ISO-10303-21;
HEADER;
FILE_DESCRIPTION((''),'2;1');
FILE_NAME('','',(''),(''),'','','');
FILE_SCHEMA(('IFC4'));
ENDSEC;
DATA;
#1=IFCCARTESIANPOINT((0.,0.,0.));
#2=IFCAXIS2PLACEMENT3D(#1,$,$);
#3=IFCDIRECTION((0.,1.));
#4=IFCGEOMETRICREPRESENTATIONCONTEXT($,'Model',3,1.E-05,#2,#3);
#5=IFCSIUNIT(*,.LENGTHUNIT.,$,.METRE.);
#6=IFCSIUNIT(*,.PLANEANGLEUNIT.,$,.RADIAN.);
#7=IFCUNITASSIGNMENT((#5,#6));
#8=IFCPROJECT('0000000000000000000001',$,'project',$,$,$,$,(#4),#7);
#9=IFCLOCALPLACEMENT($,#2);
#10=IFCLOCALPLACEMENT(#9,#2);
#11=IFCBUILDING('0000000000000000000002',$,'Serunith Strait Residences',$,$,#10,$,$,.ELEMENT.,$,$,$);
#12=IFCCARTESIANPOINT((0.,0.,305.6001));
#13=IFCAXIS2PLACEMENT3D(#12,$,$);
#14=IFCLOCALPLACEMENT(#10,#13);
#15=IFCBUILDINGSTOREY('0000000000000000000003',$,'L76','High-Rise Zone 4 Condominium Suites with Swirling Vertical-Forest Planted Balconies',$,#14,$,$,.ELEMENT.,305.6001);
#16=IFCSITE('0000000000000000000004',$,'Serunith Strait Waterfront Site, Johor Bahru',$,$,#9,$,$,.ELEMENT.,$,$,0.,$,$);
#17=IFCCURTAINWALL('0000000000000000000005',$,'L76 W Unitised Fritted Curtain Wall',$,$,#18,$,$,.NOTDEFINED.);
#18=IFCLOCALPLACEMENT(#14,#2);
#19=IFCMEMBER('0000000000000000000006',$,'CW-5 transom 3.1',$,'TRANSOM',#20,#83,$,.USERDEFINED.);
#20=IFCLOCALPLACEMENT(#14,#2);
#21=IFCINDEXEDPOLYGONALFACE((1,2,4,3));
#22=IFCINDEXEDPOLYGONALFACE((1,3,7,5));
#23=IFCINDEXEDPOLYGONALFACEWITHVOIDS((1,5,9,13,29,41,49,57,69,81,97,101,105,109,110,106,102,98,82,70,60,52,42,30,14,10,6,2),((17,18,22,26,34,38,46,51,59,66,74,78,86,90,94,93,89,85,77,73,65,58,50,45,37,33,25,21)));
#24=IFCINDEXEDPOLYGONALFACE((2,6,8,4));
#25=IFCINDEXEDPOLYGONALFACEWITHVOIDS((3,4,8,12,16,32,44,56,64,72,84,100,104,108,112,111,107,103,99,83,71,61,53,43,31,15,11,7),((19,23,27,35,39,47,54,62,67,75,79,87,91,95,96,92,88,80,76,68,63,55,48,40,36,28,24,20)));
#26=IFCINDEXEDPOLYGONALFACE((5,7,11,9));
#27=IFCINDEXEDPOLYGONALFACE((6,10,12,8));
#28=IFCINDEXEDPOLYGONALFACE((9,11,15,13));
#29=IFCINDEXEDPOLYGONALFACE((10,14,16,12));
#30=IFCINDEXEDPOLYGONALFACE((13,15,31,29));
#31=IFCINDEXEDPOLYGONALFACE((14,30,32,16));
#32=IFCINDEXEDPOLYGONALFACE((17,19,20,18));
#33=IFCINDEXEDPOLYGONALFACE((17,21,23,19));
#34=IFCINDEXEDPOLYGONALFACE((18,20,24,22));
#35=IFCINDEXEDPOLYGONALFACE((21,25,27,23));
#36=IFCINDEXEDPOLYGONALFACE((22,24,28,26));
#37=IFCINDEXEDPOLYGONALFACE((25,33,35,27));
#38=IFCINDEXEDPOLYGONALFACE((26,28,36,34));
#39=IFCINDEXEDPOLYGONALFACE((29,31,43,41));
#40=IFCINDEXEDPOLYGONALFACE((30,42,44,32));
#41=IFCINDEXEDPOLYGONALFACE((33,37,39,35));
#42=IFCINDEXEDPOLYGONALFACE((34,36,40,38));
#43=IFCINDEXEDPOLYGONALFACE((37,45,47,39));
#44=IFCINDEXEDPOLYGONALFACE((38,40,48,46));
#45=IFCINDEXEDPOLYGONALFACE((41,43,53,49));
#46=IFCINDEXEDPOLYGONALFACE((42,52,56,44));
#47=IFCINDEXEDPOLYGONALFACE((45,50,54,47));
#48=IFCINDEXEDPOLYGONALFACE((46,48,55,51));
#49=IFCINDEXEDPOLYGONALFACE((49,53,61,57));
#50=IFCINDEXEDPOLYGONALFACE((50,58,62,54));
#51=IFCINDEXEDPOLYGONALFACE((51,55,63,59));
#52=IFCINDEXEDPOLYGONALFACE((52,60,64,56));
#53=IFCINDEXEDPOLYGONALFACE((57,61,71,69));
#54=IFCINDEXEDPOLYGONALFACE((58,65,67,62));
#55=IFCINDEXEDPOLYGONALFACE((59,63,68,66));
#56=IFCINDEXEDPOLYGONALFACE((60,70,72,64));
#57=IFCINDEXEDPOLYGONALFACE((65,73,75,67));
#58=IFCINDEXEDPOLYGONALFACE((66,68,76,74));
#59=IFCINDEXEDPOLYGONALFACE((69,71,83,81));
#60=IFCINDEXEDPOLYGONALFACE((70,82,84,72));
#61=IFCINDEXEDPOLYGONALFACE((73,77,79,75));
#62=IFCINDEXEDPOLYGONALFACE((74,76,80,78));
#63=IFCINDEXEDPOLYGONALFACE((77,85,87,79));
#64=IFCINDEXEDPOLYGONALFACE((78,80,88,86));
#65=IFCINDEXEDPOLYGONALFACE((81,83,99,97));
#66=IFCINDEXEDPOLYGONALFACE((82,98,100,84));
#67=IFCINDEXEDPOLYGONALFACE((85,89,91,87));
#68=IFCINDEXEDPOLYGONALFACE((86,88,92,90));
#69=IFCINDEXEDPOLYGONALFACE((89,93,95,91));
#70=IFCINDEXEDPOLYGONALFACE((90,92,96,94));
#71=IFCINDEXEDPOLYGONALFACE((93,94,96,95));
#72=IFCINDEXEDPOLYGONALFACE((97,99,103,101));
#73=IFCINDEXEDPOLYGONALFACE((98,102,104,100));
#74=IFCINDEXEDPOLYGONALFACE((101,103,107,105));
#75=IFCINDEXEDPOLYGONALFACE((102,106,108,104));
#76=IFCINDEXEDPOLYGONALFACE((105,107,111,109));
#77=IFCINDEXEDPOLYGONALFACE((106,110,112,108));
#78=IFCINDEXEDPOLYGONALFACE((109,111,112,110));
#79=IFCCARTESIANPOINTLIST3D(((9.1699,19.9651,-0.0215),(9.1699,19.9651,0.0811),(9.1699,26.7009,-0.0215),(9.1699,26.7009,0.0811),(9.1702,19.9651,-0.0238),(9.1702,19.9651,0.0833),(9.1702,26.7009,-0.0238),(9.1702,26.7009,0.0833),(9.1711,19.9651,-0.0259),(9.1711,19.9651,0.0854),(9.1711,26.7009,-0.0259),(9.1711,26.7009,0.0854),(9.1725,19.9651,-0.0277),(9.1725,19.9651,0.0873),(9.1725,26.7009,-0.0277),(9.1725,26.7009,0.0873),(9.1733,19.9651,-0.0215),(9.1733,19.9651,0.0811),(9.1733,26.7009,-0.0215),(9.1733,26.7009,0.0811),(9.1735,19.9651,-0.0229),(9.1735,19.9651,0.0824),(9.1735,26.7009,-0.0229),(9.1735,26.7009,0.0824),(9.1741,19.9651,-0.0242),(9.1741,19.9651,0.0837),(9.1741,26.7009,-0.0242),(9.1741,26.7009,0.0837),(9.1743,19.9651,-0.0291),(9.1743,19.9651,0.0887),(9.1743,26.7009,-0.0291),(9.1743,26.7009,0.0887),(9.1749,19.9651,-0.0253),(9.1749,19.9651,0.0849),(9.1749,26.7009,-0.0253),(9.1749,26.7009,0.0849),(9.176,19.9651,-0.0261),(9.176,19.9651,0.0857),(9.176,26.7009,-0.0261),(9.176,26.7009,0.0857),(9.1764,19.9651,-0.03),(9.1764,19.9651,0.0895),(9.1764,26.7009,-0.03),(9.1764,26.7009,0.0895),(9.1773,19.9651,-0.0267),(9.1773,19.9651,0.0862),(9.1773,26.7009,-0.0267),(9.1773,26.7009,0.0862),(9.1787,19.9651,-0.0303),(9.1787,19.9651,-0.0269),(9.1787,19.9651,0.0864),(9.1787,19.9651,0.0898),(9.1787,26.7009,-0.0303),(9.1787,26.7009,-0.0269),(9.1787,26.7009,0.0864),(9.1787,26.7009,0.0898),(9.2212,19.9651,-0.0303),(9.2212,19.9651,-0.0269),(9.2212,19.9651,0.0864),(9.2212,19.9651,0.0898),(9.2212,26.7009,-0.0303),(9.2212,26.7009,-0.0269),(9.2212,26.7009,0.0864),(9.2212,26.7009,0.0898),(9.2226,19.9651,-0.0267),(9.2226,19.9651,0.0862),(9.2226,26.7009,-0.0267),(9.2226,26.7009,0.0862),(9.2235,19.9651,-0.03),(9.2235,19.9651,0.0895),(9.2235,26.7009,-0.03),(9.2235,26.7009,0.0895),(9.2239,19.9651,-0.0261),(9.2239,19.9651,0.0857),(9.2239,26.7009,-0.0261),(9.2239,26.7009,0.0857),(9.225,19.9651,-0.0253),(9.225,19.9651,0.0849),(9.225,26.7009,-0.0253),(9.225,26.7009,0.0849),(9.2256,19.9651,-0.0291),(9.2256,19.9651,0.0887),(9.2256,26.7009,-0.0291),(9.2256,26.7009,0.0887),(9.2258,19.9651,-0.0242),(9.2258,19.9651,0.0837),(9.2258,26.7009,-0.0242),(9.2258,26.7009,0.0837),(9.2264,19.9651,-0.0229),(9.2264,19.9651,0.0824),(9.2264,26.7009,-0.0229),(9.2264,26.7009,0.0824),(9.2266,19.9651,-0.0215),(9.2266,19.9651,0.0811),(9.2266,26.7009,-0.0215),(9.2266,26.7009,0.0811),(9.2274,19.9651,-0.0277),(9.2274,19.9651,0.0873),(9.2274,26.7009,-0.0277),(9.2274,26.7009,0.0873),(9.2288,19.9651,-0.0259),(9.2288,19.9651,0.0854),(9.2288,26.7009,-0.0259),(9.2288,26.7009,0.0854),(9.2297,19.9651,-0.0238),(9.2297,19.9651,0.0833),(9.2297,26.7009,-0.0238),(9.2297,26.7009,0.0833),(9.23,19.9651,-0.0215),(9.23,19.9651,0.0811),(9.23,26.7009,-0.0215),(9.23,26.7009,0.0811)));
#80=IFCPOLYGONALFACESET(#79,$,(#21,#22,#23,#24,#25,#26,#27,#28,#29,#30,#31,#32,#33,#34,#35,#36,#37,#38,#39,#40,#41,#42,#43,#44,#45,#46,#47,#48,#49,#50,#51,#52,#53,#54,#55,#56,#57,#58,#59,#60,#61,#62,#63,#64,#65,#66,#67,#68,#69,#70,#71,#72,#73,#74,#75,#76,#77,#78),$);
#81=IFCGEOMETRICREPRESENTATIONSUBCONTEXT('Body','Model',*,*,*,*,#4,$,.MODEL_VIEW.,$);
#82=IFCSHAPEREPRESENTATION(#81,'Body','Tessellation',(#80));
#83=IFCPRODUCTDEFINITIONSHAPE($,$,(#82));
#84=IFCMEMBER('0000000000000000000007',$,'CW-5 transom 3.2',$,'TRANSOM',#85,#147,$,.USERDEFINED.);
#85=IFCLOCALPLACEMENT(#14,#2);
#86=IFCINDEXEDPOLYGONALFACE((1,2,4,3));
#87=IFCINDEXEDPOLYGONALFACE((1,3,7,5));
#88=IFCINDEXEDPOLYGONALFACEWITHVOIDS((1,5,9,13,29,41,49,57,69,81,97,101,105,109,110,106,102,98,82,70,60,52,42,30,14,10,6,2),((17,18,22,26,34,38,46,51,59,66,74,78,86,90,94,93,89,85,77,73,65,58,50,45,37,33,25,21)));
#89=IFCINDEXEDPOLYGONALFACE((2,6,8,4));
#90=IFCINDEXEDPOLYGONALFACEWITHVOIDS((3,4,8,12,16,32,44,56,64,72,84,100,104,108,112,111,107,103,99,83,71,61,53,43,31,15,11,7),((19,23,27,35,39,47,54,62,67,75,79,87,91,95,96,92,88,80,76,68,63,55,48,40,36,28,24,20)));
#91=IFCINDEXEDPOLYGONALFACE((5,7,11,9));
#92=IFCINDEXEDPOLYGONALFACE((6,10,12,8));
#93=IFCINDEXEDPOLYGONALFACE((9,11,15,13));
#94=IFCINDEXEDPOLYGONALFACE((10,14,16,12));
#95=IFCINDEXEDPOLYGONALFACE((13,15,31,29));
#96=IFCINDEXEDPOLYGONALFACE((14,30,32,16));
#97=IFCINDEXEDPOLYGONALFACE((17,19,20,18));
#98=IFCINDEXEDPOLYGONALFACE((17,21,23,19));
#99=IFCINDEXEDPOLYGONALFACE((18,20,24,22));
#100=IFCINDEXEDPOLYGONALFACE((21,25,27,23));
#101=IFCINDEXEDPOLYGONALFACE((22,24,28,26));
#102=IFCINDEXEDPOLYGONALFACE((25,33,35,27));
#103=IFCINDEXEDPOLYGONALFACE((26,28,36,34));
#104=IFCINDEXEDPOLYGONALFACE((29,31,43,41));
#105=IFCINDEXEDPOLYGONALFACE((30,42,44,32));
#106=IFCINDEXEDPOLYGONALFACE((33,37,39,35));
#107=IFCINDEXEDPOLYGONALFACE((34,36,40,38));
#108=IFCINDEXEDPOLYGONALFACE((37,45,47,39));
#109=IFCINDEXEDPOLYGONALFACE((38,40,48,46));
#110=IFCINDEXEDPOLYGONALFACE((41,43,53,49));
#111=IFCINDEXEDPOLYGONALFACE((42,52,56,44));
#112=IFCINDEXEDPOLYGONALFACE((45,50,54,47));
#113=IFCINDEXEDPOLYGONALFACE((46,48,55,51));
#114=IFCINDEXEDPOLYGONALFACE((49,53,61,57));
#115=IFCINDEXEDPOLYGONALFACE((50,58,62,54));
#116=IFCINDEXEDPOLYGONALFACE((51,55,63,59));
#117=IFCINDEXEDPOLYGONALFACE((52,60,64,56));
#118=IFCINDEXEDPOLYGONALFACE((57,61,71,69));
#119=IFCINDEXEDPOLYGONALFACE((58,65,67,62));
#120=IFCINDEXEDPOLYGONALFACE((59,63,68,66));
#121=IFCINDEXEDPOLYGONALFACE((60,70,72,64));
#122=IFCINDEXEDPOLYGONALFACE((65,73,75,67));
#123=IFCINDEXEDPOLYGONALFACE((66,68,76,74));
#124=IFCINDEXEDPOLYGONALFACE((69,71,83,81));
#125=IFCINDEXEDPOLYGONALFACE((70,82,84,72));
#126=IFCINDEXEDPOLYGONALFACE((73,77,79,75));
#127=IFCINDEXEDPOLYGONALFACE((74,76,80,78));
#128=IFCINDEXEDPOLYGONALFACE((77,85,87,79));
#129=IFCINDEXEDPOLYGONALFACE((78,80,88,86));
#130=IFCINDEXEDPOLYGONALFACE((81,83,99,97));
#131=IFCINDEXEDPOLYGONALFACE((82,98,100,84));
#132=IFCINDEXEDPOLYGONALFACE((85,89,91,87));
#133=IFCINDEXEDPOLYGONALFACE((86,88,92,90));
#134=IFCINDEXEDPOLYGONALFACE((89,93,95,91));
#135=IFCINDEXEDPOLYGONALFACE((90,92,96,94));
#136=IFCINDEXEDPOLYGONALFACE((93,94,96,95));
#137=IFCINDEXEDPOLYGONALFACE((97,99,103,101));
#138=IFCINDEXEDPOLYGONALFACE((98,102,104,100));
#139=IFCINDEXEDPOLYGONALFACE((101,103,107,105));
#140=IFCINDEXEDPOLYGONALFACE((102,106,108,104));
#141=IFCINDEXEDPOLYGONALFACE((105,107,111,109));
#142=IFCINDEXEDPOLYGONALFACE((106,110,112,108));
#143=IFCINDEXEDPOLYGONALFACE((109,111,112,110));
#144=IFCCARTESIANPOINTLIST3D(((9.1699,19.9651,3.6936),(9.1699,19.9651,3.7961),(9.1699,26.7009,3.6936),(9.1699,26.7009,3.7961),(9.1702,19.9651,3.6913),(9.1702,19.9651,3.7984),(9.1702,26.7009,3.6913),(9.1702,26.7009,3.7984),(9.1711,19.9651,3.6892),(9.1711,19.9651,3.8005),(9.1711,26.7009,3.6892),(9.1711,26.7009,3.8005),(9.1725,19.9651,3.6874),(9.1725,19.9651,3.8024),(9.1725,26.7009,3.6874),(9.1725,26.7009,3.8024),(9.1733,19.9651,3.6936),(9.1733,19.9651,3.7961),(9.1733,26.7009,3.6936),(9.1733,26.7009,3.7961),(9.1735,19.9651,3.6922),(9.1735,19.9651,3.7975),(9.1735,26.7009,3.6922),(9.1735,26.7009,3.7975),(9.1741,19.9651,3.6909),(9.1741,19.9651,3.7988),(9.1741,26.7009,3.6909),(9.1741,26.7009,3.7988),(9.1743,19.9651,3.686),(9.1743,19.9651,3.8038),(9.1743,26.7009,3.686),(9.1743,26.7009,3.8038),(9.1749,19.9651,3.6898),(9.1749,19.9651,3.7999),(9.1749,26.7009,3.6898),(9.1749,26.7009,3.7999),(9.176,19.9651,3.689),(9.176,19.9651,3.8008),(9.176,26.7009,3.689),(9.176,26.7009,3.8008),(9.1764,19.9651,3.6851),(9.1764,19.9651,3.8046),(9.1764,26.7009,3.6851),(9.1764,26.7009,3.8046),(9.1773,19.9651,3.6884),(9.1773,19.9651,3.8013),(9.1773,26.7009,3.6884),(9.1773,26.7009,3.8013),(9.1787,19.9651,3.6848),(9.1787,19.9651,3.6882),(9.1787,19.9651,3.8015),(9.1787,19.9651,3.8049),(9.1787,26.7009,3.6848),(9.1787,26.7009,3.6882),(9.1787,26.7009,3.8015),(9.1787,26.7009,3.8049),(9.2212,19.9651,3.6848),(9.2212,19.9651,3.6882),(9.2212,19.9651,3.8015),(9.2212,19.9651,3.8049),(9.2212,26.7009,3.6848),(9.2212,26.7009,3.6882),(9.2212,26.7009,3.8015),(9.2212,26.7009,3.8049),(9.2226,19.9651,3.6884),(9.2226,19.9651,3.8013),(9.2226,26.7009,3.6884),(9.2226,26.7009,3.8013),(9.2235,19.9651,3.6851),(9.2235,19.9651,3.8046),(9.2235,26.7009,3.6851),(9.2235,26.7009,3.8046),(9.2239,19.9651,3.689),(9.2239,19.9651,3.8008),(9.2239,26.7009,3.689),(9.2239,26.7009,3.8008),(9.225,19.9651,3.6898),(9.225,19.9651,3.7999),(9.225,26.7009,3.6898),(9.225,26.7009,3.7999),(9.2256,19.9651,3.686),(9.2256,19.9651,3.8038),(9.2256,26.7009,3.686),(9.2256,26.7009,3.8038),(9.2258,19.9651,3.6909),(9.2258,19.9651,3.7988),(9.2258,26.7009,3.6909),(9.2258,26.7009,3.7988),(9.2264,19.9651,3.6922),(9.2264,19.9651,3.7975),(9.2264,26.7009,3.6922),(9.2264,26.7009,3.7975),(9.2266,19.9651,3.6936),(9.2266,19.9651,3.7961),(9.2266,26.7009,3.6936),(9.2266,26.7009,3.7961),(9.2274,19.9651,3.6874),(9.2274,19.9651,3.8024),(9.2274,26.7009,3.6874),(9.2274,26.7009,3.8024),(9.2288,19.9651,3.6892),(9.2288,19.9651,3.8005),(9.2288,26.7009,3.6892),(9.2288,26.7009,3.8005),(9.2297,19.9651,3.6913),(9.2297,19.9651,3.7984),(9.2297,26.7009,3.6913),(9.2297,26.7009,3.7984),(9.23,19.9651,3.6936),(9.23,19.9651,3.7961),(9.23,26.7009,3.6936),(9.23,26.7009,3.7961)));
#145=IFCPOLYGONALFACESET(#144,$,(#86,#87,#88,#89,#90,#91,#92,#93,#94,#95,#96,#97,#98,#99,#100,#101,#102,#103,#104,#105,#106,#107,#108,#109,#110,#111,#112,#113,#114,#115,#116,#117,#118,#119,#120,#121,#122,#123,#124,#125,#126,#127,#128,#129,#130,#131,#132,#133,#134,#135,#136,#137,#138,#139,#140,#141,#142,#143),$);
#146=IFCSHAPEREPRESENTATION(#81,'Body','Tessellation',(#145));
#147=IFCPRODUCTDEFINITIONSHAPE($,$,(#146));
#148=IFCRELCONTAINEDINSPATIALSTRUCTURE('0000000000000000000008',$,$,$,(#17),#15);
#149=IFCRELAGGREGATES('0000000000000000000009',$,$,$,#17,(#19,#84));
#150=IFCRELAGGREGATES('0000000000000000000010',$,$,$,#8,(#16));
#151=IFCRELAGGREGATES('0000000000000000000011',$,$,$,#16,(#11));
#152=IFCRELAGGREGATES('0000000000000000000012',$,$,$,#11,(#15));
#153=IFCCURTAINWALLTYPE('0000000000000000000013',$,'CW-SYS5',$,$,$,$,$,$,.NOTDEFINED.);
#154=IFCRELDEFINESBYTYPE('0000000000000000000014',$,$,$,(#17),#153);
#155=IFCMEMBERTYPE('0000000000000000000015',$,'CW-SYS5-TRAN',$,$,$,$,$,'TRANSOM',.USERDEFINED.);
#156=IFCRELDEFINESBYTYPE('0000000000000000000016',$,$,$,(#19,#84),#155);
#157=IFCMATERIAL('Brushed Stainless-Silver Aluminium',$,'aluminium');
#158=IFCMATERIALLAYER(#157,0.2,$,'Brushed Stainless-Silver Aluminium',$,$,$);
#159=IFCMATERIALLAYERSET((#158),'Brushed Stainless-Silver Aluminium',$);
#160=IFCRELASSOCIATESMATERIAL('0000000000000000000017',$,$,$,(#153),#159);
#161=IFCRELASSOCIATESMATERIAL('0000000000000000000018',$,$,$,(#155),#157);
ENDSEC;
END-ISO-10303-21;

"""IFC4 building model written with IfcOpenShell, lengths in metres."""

from ifc_helpers import new_model, si_unit, direction, frame, origin, origin_2d, place, context, subcontext, project, spatial, hollow_rectangle, extrude, source, transform, mapped, material, layer, layer_set, material_profile, profile_set, type_object, element, aggregate, save


model = new_model("IFC4")

# Units and contexts
model_context = context("Model", 3, precision=1e-05, world=origin(), true_north=direction((0.0, 1.0)))
body_context = subcontext(model_context, "Body", "Model", "MODEL_VIEW")
ifc_project = project(units=[si_unit("LENGTHUNIT", "METRE"), si_unit("PLANEANGLEUNIT", "RADIAN")], contexts=[model_context])

# Site, building, storey
site_placement = place(None, origin())
site = spatial("IfcSite", under=ifc_project, at=site_placement, Name="Serunith Strait Waterfront Site, Johor Bahru", CompositionType="ELEMENT", RefElevation=0.0)
building_placement = place(site_placement, origin())
building = spatial("IfcBuilding", under=site, at=building_placement, Name="Serunith Strait Residences", CompositionType="ELEMENT")
storey_placement = place(building_placement, frame((0.0, 0.0, 305.6001)))
storey = spatial("IfcBuildingStorey", under=building, at=storey_placement, Name="L76", Description="High-Rise Zone 4 Condominium Suites with Swirling Vertical-Forest Planted Balconies", CompositionType="ELEMENT", Elevation=305.6001)

# Curtain wall, members
ifc_material_1 = material(Name="Brushed Stainless-Silver Aluminium", Category="aluminium")
ifc_layer_1 = layer(ifc_material_1, 0.2, Name="Brushed Stainless-Silver Aluminium")
ifc_layer_set_1 = layer_set([ifc_layer_1], Name="Brushed Stainless-Silver Aluminium")
curtain_wall_type = type_object("IfcCurtainWallType", Name="CW-SYS5", PredefinedType="NOTDEFINED", material=ifc_layer_set_1)
curtain_wall_placement = place(storey_placement, origin())
curtain_wall = element("IfcCurtainWall", 1, at=curtain_wall_placement, inside=storey, type_object=curtain_wall_type, Name="L76 W Unitised Fritted Curtain Wall", PredefinedType="NOTDEFINED")
ifc_material_profile_1 = material_profile(ifc_material_1, hollow_rectangle(XDim=0.0601, YDim=0.1201, WallThickness=0.0034, InnerFilletRadius=0.0054, OuterFilletRadius=0.0088, at=origin_2d()), Name="ALU 120x60x3.5")
ifc_profile_set_1 = profile_set([ifc_material_profile_1], Name="Brushed Stainless-Silver Aluminium")
member_type_1 = type_object("IfcMemberType", Name="CW-SYS5-TRAN", ElementType="TRANSOM", PredefinedType="USERDEFINED", material=ifc_profile_set_1)
shared_shape_1 = source(origin(), body_context, "Body", "SweptSolid", [
    extrude(hollow_rectangle(XDim=0.0601, YDim=0.1201, WallThickness=0.0034, InnerFilletRadius=0.0054, OuterFilletRadius=0.0088, at=origin_2d()), origin(), (0.0, 0.0, 1.0), 6.7358),
])
member_1_placement = place(storey_placement, frame((9.2, 26.7009, 0.0298), z_axis=(0.0, -1.0, 0.0), x_axis=(1.0, 0.0, 0.0)))
member_1 = element("IfcMember", 2, at=member_1_placement, type_object=member_type_1, Name="CW-5 transom 3.1", ObjectType="TRANSOM", PredefinedType="USERDEFINED", context=body_context, shape_type="MappedRepresentation", body=[
    mapped(shared_shape_1, transform((0.0, 0.0, 0.0), scale=1.0)),
])
member_2_placement = place(storey_placement, frame((9.2, 26.7009, 3.7449), z_axis=(0.0, -1.0, 0.0), x_axis=(1.0, 0.0, 0.0)))
member_2 = element("IfcMember", 3, at=member_2_placement, type_object=member_type_1, Name="CW-5 transom 3.2", ObjectType="TRANSOM", PredefinedType="USERDEFINED", context=body_context, shape_type="MappedRepresentation", body=[
    mapped(shared_shape_1, transform((0.0, 0.0, 0.0), scale=1.0)),
])
aggregate(curtain_wall, [member_1, member_2])

save(model, "model.ifc")
